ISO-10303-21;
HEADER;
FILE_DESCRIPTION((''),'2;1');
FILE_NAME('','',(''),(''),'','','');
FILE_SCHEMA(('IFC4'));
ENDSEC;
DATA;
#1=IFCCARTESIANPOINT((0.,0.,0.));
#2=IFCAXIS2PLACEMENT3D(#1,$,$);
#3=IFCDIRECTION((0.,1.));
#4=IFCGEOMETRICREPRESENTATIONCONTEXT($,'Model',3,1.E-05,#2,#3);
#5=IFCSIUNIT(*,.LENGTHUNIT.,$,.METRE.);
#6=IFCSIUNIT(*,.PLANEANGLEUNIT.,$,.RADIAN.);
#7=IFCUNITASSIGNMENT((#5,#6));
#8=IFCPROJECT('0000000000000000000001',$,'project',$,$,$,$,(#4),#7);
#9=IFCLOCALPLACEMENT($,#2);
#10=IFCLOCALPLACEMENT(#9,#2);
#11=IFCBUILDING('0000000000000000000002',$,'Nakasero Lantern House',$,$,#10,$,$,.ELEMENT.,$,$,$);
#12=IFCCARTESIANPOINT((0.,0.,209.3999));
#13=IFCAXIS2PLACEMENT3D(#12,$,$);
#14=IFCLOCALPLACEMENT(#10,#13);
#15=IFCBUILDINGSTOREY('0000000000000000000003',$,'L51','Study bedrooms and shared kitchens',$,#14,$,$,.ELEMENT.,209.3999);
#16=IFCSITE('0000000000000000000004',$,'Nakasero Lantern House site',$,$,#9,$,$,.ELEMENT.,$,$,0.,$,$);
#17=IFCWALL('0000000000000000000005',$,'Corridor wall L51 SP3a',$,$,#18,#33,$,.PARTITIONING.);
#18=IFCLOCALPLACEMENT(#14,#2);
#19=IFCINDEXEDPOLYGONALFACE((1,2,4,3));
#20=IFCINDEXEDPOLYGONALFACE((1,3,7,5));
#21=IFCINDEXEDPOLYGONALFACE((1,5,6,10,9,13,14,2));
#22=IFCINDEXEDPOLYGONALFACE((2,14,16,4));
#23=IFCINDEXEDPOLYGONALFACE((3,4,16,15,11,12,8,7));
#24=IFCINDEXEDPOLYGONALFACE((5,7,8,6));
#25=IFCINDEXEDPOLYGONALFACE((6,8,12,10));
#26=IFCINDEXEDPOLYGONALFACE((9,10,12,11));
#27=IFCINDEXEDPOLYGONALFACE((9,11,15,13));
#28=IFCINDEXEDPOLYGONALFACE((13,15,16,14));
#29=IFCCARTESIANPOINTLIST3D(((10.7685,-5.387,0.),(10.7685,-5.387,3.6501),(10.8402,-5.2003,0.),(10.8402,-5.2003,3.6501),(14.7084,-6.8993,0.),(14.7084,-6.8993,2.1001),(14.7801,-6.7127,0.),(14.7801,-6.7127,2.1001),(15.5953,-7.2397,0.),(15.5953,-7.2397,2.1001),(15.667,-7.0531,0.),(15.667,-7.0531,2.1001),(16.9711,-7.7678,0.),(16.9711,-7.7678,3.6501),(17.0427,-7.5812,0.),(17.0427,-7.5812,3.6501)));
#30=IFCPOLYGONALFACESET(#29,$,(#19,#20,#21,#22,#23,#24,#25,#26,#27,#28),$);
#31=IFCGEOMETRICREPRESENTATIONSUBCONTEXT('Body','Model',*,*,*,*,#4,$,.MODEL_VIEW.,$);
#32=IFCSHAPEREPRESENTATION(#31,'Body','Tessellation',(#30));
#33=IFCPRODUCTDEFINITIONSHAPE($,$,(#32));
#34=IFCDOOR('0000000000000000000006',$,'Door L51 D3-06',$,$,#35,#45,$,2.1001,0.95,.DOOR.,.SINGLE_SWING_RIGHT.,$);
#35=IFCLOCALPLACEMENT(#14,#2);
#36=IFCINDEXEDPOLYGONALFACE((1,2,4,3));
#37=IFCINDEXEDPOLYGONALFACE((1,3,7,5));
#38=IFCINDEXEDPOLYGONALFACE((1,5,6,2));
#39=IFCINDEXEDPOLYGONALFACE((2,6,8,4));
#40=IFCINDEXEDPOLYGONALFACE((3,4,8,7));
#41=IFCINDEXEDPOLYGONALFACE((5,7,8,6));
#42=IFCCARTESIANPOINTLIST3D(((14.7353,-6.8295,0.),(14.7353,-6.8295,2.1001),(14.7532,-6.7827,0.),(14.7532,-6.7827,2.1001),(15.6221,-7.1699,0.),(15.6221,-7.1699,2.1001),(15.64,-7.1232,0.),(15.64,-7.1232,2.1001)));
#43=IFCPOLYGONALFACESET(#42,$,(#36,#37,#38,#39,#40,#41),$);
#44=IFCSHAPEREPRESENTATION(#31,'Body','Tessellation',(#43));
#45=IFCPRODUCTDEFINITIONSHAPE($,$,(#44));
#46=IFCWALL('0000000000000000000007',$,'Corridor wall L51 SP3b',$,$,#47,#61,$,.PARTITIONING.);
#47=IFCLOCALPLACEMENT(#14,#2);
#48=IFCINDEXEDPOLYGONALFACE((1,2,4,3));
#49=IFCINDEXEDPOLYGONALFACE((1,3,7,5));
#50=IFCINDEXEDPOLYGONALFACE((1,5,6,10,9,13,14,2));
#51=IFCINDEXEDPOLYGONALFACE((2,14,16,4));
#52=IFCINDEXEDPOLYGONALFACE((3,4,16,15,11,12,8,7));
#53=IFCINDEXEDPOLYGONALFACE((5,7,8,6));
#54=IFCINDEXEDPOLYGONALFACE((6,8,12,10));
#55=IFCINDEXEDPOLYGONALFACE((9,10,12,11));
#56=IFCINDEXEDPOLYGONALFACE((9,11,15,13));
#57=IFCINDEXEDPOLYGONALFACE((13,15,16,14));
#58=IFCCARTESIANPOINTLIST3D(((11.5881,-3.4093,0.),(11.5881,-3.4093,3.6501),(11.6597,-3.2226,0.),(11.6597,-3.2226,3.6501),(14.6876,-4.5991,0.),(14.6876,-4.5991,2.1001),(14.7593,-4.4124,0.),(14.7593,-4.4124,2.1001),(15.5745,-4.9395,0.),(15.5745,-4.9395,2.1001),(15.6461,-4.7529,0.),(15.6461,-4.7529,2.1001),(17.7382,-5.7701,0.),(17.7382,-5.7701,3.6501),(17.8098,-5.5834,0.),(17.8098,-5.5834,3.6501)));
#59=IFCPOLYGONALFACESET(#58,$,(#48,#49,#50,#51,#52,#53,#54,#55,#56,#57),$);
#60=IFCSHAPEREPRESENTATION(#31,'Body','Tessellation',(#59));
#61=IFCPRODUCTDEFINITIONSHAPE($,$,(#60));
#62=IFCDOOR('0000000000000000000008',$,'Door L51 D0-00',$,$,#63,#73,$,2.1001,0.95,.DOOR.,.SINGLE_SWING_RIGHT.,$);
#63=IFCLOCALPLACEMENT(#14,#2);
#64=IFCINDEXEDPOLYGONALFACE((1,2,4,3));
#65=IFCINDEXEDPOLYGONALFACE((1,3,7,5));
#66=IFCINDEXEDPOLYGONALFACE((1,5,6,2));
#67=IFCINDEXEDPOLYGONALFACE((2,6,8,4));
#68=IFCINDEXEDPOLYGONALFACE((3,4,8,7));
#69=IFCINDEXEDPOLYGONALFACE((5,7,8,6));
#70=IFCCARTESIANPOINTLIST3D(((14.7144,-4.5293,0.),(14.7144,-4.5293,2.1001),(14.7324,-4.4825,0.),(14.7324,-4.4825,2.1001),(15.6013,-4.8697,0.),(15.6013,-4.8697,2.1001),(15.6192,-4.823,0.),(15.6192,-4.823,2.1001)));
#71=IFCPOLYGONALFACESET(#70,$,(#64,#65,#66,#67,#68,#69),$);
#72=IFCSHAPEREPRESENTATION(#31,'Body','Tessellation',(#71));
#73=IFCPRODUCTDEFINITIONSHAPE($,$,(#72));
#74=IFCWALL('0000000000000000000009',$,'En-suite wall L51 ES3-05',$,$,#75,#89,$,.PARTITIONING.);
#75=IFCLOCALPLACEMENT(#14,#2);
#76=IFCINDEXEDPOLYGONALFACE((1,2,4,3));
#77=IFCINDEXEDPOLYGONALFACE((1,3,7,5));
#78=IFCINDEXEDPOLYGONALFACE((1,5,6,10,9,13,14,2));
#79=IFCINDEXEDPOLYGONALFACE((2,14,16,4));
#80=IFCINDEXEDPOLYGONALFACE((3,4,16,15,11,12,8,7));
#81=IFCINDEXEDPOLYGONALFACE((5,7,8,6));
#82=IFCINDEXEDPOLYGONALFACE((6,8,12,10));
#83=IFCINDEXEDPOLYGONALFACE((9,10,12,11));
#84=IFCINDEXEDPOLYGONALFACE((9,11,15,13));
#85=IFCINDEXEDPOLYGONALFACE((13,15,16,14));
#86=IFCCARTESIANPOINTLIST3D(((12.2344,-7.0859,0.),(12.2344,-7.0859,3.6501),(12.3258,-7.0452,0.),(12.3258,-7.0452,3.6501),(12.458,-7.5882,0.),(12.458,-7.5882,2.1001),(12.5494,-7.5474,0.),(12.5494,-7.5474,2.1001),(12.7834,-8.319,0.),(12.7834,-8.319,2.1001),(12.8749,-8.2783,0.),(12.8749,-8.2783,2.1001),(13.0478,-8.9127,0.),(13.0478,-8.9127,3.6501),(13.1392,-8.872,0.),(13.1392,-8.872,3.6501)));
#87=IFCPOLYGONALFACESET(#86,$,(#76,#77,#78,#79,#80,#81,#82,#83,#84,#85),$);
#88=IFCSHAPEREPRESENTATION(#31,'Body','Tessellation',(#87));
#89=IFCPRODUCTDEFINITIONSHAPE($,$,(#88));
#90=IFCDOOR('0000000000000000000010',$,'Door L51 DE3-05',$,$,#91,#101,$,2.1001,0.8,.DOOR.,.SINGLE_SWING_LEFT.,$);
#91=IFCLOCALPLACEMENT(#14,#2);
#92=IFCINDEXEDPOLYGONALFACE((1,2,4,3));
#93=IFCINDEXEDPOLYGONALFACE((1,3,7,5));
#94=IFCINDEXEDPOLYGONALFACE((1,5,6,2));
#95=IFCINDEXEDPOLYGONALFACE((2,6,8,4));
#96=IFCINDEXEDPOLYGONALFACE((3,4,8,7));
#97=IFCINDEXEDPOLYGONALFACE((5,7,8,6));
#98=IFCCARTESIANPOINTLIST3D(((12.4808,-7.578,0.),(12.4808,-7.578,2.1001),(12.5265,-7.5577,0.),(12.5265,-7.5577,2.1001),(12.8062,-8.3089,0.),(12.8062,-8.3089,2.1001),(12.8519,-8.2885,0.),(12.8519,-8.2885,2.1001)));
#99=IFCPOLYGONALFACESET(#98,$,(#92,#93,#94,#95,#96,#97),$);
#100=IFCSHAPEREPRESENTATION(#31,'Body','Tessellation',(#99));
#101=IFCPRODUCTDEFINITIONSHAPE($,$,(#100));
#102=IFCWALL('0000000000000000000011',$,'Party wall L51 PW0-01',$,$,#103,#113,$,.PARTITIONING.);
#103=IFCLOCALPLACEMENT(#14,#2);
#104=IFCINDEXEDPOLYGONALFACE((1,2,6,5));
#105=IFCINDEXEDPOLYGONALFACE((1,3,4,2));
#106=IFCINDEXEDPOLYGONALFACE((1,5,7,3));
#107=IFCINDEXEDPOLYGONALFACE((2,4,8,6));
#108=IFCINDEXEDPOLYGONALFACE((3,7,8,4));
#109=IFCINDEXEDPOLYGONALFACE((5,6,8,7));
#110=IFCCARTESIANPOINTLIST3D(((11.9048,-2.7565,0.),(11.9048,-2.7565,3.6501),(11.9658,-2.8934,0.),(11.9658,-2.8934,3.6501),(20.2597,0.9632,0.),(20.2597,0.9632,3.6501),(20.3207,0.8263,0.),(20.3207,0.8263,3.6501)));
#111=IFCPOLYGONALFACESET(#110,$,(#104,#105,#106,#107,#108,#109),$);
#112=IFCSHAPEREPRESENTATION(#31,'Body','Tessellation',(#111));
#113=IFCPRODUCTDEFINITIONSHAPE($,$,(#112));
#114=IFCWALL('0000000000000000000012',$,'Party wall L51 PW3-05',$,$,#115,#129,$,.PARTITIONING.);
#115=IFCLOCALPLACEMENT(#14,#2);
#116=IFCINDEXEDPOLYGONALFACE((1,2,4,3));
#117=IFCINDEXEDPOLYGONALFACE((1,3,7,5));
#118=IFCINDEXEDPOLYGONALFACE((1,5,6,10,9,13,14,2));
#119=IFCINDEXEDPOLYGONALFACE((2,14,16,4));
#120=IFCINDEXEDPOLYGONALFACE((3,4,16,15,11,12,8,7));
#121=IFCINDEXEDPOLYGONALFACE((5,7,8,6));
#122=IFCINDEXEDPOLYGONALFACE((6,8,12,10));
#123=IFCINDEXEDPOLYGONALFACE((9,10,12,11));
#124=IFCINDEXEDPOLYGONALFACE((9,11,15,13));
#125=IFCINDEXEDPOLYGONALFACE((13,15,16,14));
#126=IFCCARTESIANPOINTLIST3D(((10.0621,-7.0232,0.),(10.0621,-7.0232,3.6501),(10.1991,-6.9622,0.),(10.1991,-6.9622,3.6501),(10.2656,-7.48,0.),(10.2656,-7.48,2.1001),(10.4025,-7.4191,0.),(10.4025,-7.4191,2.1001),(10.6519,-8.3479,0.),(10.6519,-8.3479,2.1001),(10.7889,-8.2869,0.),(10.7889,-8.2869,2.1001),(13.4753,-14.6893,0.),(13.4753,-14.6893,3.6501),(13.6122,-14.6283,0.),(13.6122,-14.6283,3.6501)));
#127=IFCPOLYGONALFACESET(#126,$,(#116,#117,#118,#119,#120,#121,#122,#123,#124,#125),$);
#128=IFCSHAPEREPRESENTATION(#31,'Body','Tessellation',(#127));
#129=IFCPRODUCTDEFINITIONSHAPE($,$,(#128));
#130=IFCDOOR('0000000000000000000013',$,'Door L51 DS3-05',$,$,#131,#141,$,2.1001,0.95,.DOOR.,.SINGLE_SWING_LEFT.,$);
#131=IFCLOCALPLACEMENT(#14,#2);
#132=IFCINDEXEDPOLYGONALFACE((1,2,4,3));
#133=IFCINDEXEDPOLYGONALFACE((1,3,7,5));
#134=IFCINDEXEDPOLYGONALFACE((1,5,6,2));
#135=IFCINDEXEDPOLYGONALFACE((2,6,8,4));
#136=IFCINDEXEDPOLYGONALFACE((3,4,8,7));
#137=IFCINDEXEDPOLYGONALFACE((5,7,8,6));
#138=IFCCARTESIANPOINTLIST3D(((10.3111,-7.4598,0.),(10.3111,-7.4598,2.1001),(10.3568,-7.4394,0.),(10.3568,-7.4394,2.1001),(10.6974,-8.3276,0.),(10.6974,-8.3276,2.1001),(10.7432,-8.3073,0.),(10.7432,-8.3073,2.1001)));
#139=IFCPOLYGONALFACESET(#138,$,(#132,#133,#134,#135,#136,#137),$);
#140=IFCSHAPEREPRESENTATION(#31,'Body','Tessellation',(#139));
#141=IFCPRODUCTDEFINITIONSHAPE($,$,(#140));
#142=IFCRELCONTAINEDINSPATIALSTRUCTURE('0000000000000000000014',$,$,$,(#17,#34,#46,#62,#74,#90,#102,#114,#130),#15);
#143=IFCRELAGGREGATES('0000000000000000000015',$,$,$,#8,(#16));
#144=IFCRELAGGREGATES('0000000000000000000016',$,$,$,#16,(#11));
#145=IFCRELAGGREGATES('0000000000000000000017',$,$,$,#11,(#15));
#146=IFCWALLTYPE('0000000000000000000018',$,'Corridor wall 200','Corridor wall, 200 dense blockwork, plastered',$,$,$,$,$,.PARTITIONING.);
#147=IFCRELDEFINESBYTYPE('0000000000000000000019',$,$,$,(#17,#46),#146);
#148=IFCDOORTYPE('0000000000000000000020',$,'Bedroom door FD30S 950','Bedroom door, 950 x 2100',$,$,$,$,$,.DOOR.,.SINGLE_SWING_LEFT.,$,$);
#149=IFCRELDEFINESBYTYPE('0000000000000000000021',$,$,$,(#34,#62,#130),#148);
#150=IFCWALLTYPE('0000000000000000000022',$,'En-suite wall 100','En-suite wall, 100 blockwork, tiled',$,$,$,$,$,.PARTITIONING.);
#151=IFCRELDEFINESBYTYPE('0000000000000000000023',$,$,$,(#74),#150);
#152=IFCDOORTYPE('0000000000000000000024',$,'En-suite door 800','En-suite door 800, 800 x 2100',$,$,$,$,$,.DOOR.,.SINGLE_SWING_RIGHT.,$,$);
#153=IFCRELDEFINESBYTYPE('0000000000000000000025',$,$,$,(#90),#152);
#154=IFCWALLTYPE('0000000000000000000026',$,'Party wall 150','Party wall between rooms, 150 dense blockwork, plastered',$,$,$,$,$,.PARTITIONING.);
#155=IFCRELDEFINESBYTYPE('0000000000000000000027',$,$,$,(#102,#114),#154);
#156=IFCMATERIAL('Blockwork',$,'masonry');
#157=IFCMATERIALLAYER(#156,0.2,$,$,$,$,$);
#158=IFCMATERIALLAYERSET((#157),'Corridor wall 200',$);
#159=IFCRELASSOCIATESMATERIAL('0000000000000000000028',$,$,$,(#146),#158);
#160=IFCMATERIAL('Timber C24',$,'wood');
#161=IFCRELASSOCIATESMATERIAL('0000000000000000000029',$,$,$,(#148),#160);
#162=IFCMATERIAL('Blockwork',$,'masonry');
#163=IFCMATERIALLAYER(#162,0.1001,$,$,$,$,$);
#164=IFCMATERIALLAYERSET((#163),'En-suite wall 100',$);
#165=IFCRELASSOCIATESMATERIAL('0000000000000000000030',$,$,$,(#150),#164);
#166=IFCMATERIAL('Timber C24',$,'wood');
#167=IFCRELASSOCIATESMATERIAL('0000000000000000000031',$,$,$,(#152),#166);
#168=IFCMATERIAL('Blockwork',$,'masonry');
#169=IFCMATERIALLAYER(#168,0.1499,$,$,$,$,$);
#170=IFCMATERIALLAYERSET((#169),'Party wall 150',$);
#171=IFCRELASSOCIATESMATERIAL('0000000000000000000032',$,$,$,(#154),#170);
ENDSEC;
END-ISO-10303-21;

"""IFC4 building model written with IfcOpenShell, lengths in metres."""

from ifc_helpers import new_model, si_unit, direction, frame, frame_2d, origin, place, context, subcontext, project, spatial, rectangle, extrude, material, layer, layer_set, type_object, element, fill, save


model = new_model("IFC4")

# Units and contexts
model_context = context("Model", 3, precision=1e-05, world=origin(), true_north=direction((0.0, 1.0)))
body_context = subcontext(model_context, "Body", "Model", "MODEL_VIEW")
ifc_project = project(units=[si_unit("LENGTHUNIT", "METRE"), si_unit("PLANEANGLEUNIT", "RADIAN")], contexts=[model_context])

# Site, building, storey
site_placement = place(None, origin())
site = spatial("IfcSite", under=ifc_project, at=site_placement, Name="Nakasero Lantern House site", CompositionType="ELEMENT", RefElevation=0.0)
building_placement = place(site_placement, origin())
building = spatial("IfcBuilding", under=site, at=building_placement, Name="Nakasero Lantern House", CompositionType="ELEMENT")
storey_placement = place(building_placement, frame((0.0, 0.0, 209.3999)))
storey = spatial("IfcBuildingStorey", under=building, at=storey_placement, Name="L51", Description="Study bedrooms and shared kitchens", CompositionType="ELEMENT", Elevation=209.3999)

# Shared definitions
ifc_material_1 = material(Name="Blockwork", Category="masonry")
ifc_layer_1 = layer(ifc_material_1, 0.2)
ifc_layer_set_1 = layer_set([ifc_layer_1], Name="Corridor wall 200")
wall_type_1 = type_object("IfcWallType", Name="Corridor wall 200", Description="Corridor wall, 200 dense blockwork, plastered", PredefinedType="PARTITIONING", material=ifc_layer_set_1)

# Walls, openings, doors
wall_1_placement = place(storey_placement, frame((10.8044, -5.2937, 0.0), z_axis=(0.0, 0.0, 1.0), x_axis=(0.933586, -0.358354, 0.0)))
wall_1 = element("IfcWall", 1, at=wall_1_placement, inside=storey, type_object=wall_type_1, Name="Corridor wall L51 SP3a", PredefinedType="PARTITIONING", context=body_context, shape_type="SweptSolid", body=[
    extrude(rectangle(XDim=6.6438, YDim=0.2, at=frame_2d((3.3218, 0.0))), origin(), (0.0, 0.0, 1.0), 3.6501),
])
opening_1_placement = place(wall_1_placement, frame((4.22, 0.0, 0.0)))
opening_1 = element("IfcOpeningElement", 2, at=opening_1_placement, cuts=wall_1, PredefinedType="OPENING", context=body_context, shape_type="SweptSolid", body=[
    extrude(rectangle(XDim=0.95, YDim=2.1001, at=frame_2d((0.4751, 1.05))), frame((0.0, 0.1199, 0.0), z_axis=(0.0, -1.0, 0.0), x_axis=(1.0, 0.0, 0.0)), (0.0, 0.0, 1.0), 0.24),
])
ifc_material_2 = material(Name="Timber C24", Category="wood")
door_type_1 = type_object("IfcDoorType", Name="Bedroom door FD30S 950", Description="Bedroom door, 950 x 2100", OperationType="SINGLE_SWING_LEFT", PredefinedType="DOOR", material=ifc_material_2)
door_1_placement = place(opening_1_placement, origin())
door_1 = element("IfcDoor", 3, at=door_1_placement, inside=storey, type_object=door_type_1, Name="Door L51 D3-06", OperationType="SINGLE_SWING_RIGHT", OverallHeight=2.1001, OverallWidth=0.95, PredefinedType="DOOR", context=body_context, shape_type="SweptSolid", body=[
    extrude(rectangle(XDim=0.95, YDim=2.1001, at=frame_2d((0.4751, 1.05))), frame((0.0, 0.0249, 0.0), z_axis=(0.0, -1.0, 0.0), x_axis=(1.0, 0.0, 0.0)), (0.0, 0.0, 1.0), 0.05),
])
fill(opening_1, door_1)
wall_2_placement = place(storey_placement, frame((11.6238, -3.3159, 0.0), z_axis=(0.0, 0.0, 1.0), x_axis=(0.933579, -0.358371, 0.0)))
wall_2 = element("IfcWall", 4, at=wall_2_placement, inside=storey, type_object=wall_type_1, Name="Corridor wall L51 SP3b", PredefinedType="PARTITIONING", context=body_context, shape_type="SweptSolid", body=[
    extrude(rectangle(XDim=6.5876, YDim=0.2, at=frame_2d((3.2939, 0.0))), origin(), (0.0, 0.0, 1.0), 3.6501),
])
opening_2_placement = place(wall_2_placement, frame((3.3201, 0.0, 0.0)))
opening_2 = element("IfcOpeningElement", 5, at=opening_2_placement, cuts=wall_2, PredefinedType="OPENING", context=body_context, shape_type="SweptSolid", body=[
    extrude(rectangle(XDim=0.95, YDim=2.1001, at=frame_2d((0.4751, 1.05))), frame((0.0, 0.1199, 0.0), z_axis=(0.0, -1.0, 0.0), x_axis=(1.0, 0.0, 0.0)), (0.0, 0.0, 1.0), 0.24),
])
door_2_placement = place(opening_2_placement, origin())
door_2 = element("IfcDoor", 6, at=door_2_placement, inside=storey, type_object=door_type_1, Name="Door L51 D0-00", OperationType="SINGLE_SWING_RIGHT", OverallHeight=2.1001, OverallWidth=0.95, PredefinedType="DOOR", context=body_context, shape_type="SweptSolid", body=[
    extrude(rectangle(XDim=0.95, YDim=2.1001, at=frame_2d((0.4751, 1.05))), frame((0.0, 0.0249, 0.0), z_axis=(0.0, -1.0, 0.0), x_axis=(1.0, 0.0, 0.0)), (0.0, 0.0, 1.0), 0.05),
])
fill(opening_2, door_2)
ifc_material_3 = material(Name="Blockwork", Category="masonry")
ifc_layer_2 = layer(ifc_material_3, 0.1001)
ifc_layer_set_2 = layer_set([ifc_layer_2], Name="En-suite wall 100")
wall_type_2 = type_object("IfcWallType", Name="En-suite wall 100", Description="En-suite wall, 100 blockwork, tiled", PredefinedType="PARTITIONING", material=ifc_layer_set_2)
wall_3_placement = place(storey_placement, frame((12.28, -7.0654, 0.0), z_axis=(0.0, 0.0, 1.0), x_axis=(0.406773, -0.913529, 0.0)))
wall_3 = element("IfcWall", 7, at=wall_3_placement, inside=storey, type_object=wall_type_2, Name="En-suite wall L51 ES3-05", PredefinedType="PARTITIONING", context=body_context, shape_type="SweptSolid", body=[
    extrude(rectangle(XDim=1.9998, YDim=0.1001, at=frame_2d((1.0, 0.0))), origin(), (0.0, 0.0, 1.0), 3.6501),
])
opening_3_placement = place(wall_3_placement, frame((0.55, 0.0, 0.0)))
opening_3 = element("IfcOpeningElement", 8, at=opening_3_placement, cuts=wall_3, PredefinedType="OPENING", context=body_context, shape_type="SweptSolid", body=[
    extrude(rectangle(XDim=0.8, YDim=2.1001, at=frame_2d((0.3999, 1.05))), frame((0.0, 0.0701, 0.0), z_axis=(0.0, -1.0, 0.0), x_axis=(1.0, 0.0, 0.0)), (0.0, 0.0, 1.0), 0.1401),
])
ifc_material_4 = material(Name="Timber C24", Category="wood")
door_type_2 = type_object("IfcDoorType", Name="En-suite door 800", Description="En-suite door 800, 800 x 2100", OperationType="SINGLE_SWING_RIGHT", PredefinedType="DOOR", material=ifc_material_4)
door_3_placement = place(opening_3_placement, origin())
door_3 = element("IfcDoor", 9, at=door_3_placement, inside=storey, type_object=door_type_2, Name="Door L51 DE3-05", OperationType="SINGLE_SWING_LEFT", OverallHeight=2.1001, OverallWidth=0.8, PredefinedType="DOOR", context=body_context, shape_type="SweptSolid", body=[
    extrude(rectangle(XDim=0.8, YDim=2.1001, at=frame_2d((0.3999, 1.05))), frame((0.0, 0.0249, 0.0), z_axis=(0.0, -1.0, 0.0), x_axis=(1.0, 0.0, 0.0)), (0.0, 0.0, 1.0), 0.05),
])
fill(opening_3, door_3)

# Wall
ifc_material_5 = material(Name="Blockwork", Category="masonry")
ifc_layer_3 = layer(ifc_material_5, 0.1499)
ifc_layer_set_3 = layer_set([ifc_layer_3], Name="Party wall 150")
wall_type_3 = type_object("IfcWallType", Name="Party wall 150", Description="Party wall between rooms, 150 dense blockwork, plastered", PredefinedType="PARTITIONING", material=ifc_layer_set_3)
wall_4_placement = place(storey_placement, frame((11.9353, -2.825, 0.0), z_axis=(0.0, 0.0, 1.0), x_axis=(0.913552, 0.406723, 0.0)))
element("IfcWall", 10, at=wall_4_placement, inside=storey, type_object=wall_type_3, Name="Party wall L51 PW0-01", PredefinedType="PARTITIONING", context=body_context, shape_type="SweptSolid", body=[
    extrude(rectangle(XDim=9.1455, YDim=0.1499, at=frame_2d((4.5728, 0.0))), origin(), (0.0, 0.0, 1.0), 3.6501),
])

# Wall, opening, door
wall_5_placement = place(storey_placement, frame((10.1306, -6.9927, 0.0), z_axis=(0.0, 0.0, 1.0), x_axis=(0.406732, -0.913547, 0.0)))
wall_5 = element("IfcWall", 11, at=wall_5_placement, inside=storey, type_object=wall_type_3, Name="Party wall L51 PW3-05", PredefinedType="PARTITIONING", context=body_context, shape_type="SweptSolid", body=[
    extrude(rectangle(XDim=8.3916, YDim=0.1499, at=frame_2d((4.1958, 0.0))), origin(), (0.0, 0.0, 1.0), 3.6501),
])
opening_4_placement = place(wall_5_placement, frame((0.5, 0.0, 0.0)))
opening_4 = element("IfcOpeningElement", 12, at=opening_4_placement, cuts=wall_5, PredefinedType="OPENING", context=body_context, shape_type="SweptSolid", body=[
    extrude(rectangle(XDim=0.95, YDim=2.1001, at=frame_2d((0.4751, 1.05))), frame((0.0, 0.095, 0.0), z_axis=(0.0, -1.0, 0.0), x_axis=(1.0, 0.0, 0.0)), (0.0, 0.0, 1.0), 0.1899),
])
door_4_placement = place(opening_4_placement, origin())
door_4 = element("IfcDoor", 13, at=door_4_placement, inside=storey, type_object=door_type_1, Name="Door L51 DS3-05", OperationType="SINGLE_SWING_LEFT", OverallHeight=2.1001, OverallWidth=0.95, PredefinedType="DOOR", context=body_context, shape_type="SweptSolid", body=[
    extrude(rectangle(XDim=0.95, YDim=2.1001, at=frame_2d((0.4751, 1.05))), frame((0.0, 0.0249, 0.0), z_axis=(0.0, -1.0, 0.0), x_axis=(1.0, 0.0, 0.0)), (0.0, 0.0, 1.0), 0.05),
])
fill(opening_4, door_4)

save(model, "model.ifc")
